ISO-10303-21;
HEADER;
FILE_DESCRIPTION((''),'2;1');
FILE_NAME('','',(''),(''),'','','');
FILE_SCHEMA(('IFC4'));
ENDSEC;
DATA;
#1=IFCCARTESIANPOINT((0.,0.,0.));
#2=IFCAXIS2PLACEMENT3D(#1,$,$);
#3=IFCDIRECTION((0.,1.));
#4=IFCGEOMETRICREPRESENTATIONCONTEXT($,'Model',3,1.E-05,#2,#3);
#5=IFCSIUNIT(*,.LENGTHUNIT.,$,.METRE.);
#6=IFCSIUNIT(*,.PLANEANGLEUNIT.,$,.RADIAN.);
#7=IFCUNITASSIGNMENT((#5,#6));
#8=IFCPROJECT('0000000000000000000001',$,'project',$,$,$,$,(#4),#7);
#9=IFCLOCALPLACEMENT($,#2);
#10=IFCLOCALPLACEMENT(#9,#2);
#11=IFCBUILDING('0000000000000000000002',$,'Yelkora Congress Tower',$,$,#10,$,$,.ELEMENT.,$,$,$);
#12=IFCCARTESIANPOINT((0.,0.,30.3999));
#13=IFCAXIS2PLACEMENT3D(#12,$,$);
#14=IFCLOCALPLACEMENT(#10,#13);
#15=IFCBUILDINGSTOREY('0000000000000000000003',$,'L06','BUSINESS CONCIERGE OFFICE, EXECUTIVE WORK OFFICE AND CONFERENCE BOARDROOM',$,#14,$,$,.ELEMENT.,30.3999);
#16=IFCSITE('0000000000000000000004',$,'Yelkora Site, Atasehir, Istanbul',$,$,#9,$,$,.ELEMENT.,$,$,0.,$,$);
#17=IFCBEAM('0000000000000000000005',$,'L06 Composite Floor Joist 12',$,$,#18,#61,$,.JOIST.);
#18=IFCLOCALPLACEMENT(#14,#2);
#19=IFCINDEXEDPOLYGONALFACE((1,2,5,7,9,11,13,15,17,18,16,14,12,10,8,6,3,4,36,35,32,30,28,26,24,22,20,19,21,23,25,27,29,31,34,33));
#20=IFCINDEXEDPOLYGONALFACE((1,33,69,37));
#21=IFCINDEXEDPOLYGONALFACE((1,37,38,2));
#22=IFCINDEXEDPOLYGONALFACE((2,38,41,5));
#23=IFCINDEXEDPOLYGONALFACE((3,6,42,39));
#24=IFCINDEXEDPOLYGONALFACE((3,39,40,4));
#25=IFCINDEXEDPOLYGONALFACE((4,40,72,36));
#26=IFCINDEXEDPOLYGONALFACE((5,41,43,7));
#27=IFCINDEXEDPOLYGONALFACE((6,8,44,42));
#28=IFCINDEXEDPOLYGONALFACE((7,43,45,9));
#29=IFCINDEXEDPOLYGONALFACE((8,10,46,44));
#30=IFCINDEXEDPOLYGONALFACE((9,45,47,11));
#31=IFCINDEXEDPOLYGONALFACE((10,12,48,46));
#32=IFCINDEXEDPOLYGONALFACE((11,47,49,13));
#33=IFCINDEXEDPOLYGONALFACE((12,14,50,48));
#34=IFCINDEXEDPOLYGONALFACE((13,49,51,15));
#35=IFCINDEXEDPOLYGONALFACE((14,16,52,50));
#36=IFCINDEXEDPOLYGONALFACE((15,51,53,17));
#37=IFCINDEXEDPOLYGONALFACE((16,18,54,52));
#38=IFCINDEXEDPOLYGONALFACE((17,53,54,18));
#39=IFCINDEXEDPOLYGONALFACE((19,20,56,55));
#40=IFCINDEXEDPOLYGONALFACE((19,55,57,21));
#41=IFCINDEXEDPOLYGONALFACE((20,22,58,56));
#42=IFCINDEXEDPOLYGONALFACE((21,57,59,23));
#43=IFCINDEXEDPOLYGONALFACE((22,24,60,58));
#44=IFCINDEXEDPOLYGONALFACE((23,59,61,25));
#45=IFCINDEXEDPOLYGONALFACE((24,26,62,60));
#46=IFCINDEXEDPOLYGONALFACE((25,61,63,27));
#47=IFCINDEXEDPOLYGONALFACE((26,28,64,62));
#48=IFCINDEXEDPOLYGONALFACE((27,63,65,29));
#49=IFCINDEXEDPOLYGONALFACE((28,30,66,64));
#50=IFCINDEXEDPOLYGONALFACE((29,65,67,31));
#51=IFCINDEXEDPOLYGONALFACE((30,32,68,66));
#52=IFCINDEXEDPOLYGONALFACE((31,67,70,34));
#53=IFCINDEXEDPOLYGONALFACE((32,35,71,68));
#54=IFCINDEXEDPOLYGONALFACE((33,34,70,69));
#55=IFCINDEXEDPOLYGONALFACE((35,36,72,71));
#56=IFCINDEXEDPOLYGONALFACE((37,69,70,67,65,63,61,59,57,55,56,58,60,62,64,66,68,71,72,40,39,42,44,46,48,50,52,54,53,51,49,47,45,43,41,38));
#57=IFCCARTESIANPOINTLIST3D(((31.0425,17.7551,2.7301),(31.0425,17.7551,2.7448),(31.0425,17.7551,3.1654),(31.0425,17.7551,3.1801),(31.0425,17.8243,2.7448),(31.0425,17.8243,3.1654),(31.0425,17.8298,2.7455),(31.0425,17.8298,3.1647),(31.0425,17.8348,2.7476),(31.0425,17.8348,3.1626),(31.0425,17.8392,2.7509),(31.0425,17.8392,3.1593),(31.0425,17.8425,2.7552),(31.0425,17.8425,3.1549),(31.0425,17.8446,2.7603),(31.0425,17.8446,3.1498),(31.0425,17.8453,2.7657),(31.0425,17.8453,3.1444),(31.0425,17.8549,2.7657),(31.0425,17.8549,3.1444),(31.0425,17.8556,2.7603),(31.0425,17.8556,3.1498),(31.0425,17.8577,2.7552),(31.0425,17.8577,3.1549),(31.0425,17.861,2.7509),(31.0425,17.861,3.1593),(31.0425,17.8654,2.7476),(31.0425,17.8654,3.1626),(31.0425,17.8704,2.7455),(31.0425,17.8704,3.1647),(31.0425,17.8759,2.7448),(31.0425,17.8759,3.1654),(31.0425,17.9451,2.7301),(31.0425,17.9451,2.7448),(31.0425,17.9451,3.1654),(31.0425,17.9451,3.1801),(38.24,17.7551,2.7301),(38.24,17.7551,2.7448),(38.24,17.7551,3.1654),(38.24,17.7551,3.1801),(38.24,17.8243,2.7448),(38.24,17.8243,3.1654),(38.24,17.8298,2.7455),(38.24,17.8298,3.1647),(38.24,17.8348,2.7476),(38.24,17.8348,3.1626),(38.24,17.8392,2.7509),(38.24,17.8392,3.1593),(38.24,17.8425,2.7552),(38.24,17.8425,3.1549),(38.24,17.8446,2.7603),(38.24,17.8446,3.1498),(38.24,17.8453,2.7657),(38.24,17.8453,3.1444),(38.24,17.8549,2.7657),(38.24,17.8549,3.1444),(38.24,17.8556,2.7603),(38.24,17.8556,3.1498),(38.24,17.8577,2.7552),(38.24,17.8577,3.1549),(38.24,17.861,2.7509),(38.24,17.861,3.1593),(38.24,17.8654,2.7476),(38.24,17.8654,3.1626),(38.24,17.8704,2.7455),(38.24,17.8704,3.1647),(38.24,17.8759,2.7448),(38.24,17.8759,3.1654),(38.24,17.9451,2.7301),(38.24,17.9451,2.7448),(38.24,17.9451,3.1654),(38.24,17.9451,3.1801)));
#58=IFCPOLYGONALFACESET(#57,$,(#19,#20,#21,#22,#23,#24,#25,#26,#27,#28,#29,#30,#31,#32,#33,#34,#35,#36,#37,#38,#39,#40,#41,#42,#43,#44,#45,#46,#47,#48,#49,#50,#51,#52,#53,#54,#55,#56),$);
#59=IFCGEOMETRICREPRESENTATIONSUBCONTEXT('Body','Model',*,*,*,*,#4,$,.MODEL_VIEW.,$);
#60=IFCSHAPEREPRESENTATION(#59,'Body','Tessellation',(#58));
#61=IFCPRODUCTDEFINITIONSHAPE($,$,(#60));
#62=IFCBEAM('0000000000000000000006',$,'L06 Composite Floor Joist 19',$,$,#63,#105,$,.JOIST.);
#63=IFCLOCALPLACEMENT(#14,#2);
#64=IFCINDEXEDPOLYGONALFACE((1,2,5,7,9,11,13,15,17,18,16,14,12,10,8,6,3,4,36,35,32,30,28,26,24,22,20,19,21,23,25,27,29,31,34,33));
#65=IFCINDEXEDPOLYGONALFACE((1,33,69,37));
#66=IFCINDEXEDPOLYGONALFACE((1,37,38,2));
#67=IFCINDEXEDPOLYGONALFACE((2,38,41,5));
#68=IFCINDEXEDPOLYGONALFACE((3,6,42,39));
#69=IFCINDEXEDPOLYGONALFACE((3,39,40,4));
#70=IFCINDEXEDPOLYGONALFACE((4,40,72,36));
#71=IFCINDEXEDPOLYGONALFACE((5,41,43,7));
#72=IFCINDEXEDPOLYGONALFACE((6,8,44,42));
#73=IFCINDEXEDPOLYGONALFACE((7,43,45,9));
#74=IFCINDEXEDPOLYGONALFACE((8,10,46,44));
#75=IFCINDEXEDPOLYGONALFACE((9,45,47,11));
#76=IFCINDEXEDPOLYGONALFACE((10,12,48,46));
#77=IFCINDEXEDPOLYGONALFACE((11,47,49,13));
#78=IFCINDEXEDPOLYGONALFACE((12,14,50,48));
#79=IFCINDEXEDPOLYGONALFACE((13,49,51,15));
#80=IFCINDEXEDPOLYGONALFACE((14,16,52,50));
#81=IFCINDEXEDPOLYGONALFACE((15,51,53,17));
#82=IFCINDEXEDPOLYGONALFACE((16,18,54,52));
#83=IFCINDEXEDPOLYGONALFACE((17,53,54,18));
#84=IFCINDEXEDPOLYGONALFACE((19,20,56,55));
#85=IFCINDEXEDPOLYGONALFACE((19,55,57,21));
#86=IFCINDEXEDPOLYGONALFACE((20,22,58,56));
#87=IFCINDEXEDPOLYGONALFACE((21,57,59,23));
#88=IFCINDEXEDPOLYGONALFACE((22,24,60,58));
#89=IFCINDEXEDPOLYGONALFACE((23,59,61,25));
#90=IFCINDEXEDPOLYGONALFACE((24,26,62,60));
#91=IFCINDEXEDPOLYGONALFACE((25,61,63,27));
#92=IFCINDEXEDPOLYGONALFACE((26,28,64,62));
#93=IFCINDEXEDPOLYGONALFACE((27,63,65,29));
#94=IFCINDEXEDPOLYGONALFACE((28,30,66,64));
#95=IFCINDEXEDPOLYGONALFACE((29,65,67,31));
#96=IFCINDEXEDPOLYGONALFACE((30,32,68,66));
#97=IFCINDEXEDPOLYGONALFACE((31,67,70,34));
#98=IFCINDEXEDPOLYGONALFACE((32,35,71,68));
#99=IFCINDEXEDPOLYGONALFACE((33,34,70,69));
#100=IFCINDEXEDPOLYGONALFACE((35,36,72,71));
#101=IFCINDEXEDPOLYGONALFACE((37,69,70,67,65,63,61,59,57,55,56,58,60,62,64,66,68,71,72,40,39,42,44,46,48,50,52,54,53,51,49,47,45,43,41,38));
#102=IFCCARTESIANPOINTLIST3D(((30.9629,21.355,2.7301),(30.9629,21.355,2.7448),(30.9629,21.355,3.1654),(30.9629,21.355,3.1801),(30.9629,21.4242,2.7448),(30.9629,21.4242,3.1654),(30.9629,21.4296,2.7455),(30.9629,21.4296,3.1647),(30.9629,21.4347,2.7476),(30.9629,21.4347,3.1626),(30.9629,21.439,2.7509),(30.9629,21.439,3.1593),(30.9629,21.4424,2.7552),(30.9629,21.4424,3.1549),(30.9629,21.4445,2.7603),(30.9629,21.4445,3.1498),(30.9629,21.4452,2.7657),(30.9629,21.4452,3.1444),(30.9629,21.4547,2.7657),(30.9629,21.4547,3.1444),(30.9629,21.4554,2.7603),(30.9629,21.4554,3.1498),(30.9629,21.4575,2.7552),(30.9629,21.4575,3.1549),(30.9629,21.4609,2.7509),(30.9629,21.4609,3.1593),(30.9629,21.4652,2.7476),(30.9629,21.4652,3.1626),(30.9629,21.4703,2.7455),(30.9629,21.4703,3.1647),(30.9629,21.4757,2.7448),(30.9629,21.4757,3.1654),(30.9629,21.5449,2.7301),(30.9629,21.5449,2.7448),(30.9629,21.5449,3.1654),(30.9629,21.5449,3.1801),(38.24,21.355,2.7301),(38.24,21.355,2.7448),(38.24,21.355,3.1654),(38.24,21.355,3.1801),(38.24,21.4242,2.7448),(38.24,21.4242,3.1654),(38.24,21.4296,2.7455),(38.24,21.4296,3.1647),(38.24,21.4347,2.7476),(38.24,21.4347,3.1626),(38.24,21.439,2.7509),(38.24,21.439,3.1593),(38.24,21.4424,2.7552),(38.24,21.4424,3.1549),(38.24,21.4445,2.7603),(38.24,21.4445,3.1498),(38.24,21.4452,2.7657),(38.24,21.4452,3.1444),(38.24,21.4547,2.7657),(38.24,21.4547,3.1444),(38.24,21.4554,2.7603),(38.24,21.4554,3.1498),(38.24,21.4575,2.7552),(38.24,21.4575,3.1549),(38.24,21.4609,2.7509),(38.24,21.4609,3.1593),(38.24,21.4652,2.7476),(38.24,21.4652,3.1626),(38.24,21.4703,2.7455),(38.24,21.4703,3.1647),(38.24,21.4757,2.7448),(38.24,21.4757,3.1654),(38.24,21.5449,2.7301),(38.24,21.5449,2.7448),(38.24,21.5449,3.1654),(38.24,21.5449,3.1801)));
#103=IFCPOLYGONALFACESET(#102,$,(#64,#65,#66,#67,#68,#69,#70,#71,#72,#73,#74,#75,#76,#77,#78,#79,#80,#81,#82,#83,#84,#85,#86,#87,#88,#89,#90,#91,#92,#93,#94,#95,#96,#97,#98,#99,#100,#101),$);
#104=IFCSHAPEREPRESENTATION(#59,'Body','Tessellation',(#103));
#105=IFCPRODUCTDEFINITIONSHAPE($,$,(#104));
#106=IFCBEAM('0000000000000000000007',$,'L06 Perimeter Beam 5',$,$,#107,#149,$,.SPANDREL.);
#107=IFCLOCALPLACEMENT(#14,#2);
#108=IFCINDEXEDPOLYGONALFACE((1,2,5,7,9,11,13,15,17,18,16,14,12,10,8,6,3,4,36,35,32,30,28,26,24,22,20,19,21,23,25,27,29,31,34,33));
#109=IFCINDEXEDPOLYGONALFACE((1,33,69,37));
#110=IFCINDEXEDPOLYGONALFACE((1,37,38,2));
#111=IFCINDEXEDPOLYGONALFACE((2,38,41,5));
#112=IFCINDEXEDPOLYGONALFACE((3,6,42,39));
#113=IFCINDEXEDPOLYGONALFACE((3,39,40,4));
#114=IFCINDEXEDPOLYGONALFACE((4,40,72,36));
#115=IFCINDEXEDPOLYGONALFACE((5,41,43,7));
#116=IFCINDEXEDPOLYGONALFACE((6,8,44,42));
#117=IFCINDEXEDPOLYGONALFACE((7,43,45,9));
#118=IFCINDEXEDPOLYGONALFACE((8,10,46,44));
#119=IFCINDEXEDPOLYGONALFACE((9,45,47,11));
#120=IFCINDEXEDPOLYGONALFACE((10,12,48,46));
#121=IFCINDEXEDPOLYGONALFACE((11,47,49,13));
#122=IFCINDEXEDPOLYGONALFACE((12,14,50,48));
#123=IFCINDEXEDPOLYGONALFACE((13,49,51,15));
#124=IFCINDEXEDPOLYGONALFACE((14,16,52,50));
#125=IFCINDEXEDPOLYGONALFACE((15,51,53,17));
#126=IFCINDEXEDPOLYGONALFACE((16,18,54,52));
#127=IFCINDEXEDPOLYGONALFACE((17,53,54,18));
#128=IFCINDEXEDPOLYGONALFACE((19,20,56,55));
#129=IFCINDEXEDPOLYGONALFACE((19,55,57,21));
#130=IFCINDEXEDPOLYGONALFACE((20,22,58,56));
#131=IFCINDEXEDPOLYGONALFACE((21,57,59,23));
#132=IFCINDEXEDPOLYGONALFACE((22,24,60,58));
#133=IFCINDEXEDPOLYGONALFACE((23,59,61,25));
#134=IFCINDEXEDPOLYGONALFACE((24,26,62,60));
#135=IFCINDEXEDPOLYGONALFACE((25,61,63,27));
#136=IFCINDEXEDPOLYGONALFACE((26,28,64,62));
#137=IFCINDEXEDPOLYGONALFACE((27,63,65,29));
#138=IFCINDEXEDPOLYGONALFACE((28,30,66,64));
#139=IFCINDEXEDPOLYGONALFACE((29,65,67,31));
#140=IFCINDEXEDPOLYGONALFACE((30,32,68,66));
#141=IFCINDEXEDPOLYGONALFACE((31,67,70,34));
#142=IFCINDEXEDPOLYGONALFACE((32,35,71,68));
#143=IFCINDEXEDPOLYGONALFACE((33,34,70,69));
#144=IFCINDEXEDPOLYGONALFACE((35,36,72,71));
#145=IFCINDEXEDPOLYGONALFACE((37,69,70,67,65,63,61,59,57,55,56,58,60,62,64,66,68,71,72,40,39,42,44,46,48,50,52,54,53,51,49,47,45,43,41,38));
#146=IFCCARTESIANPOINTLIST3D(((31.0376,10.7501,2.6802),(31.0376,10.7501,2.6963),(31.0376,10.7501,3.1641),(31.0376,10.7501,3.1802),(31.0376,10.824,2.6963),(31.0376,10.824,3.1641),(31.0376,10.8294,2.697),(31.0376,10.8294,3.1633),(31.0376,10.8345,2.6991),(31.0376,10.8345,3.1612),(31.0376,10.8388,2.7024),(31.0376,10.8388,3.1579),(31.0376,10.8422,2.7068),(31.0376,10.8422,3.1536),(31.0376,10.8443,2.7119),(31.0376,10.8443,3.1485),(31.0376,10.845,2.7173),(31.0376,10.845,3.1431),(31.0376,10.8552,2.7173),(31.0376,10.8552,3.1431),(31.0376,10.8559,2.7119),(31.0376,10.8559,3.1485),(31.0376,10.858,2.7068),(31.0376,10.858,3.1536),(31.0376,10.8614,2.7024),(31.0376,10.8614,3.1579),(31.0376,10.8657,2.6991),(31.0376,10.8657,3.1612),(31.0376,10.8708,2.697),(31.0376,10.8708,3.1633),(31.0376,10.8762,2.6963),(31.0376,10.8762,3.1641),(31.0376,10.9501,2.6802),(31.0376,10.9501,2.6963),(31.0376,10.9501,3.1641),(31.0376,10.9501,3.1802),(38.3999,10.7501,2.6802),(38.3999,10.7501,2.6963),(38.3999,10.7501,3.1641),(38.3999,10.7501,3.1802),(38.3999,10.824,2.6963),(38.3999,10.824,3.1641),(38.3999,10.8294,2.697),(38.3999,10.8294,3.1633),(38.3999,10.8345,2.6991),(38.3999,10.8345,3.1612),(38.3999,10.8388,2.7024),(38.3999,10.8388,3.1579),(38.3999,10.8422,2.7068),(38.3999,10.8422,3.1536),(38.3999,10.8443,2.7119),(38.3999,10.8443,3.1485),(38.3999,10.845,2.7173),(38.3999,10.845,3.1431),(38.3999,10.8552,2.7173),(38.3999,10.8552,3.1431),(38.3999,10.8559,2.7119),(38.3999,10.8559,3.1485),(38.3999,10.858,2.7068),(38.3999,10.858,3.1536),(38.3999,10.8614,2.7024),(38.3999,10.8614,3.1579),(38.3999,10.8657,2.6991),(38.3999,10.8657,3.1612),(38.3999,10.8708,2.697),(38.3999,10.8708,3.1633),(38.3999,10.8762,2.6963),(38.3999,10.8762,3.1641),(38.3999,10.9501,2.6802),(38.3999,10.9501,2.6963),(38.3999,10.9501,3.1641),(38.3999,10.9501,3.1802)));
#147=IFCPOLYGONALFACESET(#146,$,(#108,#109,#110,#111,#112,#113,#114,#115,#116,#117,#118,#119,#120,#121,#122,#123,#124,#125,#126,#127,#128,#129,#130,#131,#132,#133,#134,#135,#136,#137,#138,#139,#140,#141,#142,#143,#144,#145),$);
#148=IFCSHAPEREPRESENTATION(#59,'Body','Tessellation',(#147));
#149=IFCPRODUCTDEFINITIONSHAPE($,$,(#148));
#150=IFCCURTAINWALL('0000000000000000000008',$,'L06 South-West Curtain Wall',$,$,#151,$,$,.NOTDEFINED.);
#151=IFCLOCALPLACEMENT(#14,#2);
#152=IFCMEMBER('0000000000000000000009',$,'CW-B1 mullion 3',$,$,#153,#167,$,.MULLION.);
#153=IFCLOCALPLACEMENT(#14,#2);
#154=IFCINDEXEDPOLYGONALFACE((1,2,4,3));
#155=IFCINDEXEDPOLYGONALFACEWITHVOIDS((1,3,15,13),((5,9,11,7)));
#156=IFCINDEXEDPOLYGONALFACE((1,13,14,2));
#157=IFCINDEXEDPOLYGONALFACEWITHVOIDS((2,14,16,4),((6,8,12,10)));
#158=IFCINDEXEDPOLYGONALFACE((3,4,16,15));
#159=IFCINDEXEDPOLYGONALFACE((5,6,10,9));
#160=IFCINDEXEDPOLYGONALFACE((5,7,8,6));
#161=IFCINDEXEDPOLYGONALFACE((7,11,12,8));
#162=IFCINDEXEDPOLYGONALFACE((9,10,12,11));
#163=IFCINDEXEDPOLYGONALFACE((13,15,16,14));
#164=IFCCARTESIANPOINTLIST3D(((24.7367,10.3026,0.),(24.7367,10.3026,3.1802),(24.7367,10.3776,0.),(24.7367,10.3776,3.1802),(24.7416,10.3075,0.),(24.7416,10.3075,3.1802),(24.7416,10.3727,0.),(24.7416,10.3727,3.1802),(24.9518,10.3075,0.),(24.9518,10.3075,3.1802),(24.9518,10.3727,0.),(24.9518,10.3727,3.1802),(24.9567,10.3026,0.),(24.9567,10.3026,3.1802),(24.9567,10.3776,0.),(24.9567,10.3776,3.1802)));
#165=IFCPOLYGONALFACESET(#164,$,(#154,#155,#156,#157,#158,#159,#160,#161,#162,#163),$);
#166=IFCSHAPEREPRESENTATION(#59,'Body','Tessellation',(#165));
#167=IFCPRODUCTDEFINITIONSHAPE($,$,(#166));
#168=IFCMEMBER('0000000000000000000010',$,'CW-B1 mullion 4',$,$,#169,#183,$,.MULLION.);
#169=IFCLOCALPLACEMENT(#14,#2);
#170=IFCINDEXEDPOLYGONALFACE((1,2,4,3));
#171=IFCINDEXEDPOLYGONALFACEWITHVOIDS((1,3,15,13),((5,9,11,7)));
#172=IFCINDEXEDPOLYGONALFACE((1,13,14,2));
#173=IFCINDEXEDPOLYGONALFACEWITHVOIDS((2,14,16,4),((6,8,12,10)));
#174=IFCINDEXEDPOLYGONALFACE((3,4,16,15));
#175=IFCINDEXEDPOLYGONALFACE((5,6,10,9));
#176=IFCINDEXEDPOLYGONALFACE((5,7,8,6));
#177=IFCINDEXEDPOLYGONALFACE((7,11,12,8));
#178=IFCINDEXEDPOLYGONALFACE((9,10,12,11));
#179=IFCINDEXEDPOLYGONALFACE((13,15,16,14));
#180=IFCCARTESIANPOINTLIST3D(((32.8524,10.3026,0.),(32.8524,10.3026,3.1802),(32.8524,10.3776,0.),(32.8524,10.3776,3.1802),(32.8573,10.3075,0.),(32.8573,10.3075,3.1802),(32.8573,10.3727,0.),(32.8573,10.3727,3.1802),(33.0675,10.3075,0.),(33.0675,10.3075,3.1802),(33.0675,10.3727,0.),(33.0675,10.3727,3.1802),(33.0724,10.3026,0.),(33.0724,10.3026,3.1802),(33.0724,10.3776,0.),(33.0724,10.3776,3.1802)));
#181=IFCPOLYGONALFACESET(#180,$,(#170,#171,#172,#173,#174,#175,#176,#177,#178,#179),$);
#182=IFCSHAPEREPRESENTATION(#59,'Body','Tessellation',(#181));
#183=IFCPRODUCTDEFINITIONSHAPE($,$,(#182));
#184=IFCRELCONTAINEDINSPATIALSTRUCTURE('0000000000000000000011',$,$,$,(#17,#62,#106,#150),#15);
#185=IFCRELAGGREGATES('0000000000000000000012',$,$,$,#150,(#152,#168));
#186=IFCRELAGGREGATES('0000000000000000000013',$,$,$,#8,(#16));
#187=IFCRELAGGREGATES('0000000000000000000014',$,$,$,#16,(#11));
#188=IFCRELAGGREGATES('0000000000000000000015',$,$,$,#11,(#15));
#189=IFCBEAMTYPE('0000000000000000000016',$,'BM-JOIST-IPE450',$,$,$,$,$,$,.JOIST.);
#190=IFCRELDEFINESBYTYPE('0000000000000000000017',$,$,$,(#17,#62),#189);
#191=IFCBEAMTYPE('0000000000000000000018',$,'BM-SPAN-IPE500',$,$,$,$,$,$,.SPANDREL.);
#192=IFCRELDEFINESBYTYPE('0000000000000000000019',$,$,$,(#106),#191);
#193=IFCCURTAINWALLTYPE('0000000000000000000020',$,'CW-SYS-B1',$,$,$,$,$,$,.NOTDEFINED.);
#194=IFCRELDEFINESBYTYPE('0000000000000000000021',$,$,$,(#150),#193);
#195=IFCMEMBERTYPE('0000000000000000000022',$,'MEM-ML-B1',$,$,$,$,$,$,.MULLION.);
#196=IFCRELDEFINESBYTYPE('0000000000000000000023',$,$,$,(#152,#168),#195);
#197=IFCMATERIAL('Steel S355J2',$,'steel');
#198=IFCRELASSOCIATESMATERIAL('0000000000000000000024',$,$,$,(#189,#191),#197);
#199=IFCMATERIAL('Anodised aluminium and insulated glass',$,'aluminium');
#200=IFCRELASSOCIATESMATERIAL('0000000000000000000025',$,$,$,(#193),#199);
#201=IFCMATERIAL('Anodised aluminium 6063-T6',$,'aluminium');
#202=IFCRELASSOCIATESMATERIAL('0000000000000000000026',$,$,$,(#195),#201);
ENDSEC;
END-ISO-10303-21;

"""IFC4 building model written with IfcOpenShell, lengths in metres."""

from ifc_helpers import new_model, si_unit, direction, frame, origin, origin_2d, place, context, subcontext, project, spatial, hollow_rectangle, i_section, extrude, material, material_profile, profile_set, type_object, element, aggregate, save


model = new_model("IFC4")

# Units and contexts
model_context = context("Model", 3, precision=1e-05, world=origin(), true_north=direction((0.0, 1.0)))
body_context = subcontext(model_context, "Body", "Model", "MODEL_VIEW")
ifc_project = project(units=[si_unit("LENGTHUNIT", "METRE"), si_unit("PLANEANGLEUNIT", "RADIAN")], contexts=[model_context])

# Site, building, storey
site_placement = place(None, origin())
site = spatial("IfcSite", under=ifc_project, at=site_placement, Name="Yelkora Site, Atasehir, Istanbul", CompositionType="ELEMENT", RefElevation=0.0)
building_placement = place(site_placement, origin())
building = spatial("IfcBuilding", under=site, at=building_placement, Name="Yelkora Congress Tower", CompositionType="ELEMENT")
storey_placement = place(building_placement, frame((0.0, 0.0, 30.3999)))
storey = spatial("IfcBuildingStorey", under=building, at=storey_placement, Name="L06", Description="BUSINESS CONCIERGE OFFICE, EXECUTIVE WORK OFFICE AND CONFERENCE BOARDROOM", CompositionType="ELEMENT", Elevation=30.3999)

# Beams
ifc_material_1 = material(Name="Steel S355J2", Category="steel")
ifc_material_profile_1 = material_profile(ifc_material_1, i_section(OverallWidth=0.1899, OverallDepth=0.45, WebThickness=0.0095, FlangeThickness=0.0146, FilletRadius=0.021, at=origin_2d()), Name="IPE 450")
ifc_profile_set_1 = profile_set([ifc_material_profile_1], Name="Steel S355J2")
beam_type_1 = type_object("IfcBeamType", Name="BM-JOIST-IPE450", PredefinedType="JOIST", material=ifc_profile_set_1)
beam_1_placement = place(storey_placement, frame((31.0425, 17.8501, 2.9551), z_axis=(1.0, 0.0, 0.0), x_axis=(0.0, 1.0, 0.0)))
element("IfcBeam", 1, at=beam_1_placement, inside=storey, type_object=beam_type_1, Name="L06 Composite Floor Joist 12", PredefinedType="JOIST", context=body_context, shape_type="SweptSolid", body=[
    extrude(i_section(OverallWidth=0.1899, OverallDepth=0.45, WebThickness=0.0095, FlangeThickness=0.0146, FilletRadius=0.021, at=origin_2d()), origin(), (0.0, 0.0, 1.0), 7.1975),
])
beam_2_placement = place(storey_placement, frame((30.9629, 21.45, 2.9551), z_axis=(1.0, 0.0, 0.0), x_axis=(0.0, 1.0, 0.0)))
element("IfcBeam", 2, at=beam_2_placement, inside=storey, type_object=beam_type_1, Name="L06 Composite Floor Joist 19", PredefinedType="JOIST", context=body_context, shape_type="SweptSolid", body=[
    extrude(i_section(OverallWidth=0.1899, OverallDepth=0.45, WebThickness=0.0095, FlangeThickness=0.0146, FilletRadius=0.021, at=origin_2d()), origin(), (0.0, 0.0, 1.0), 7.2771),
])
ifc_material_profile_2 = material_profile(ifc_material_1, i_section(OverallWidth=0.2, OverallDepth=0.5, WebThickness=0.0103, FlangeThickness=0.0161, FilletRadius=0.021, at=origin_2d()), Name="IPE 500")
ifc_profile_set_2 = profile_set([ifc_material_profile_2], Name="Steel S355J2")
beam_type_2 = type_object("IfcBeamType", Name="BM-SPAN-IPE500", PredefinedType="SPANDREL", material=ifc_profile_set_2)
beam_3_placement = place(storey_placement, frame((31.0376, 10.8501, 2.9302), z_axis=(1.0, 0.0, 0.0), x_axis=(0.0, 1.0, 0.0)))
element("IfcBeam", 3, at=beam_3_placement, inside=storey, type_object=beam_type_2, Name="L06 Perimeter Beam 5", PredefinedType="SPANDREL", context=body_context, shape_type="SweptSolid", body=[
    extrude(i_section(OverallWidth=0.2, OverallDepth=0.5, WebThickness=0.0103, FlangeThickness=0.0161, FilletRadius=0.021, at=origin_2d()), origin(), (0.0, 0.0, 1.0), 7.3623),
])

# Curtain wall, members
ifc_material_2 = material(Name="Anodised aluminium and insulated glass", Category="aluminium")
curtain_wall_type = type_object("IfcCurtainWallType", Name="CW-SYS-B1", PredefinedType="NOTDEFINED", material=ifc_material_2)
curtain_wall_placement = place(storey_placement, origin())
curtain_wall = element("IfcCurtainWall", 4, at=curtain_wall_placement, inside=storey, type_object=curtain_wall_type, Name="L06 South-West Curtain Wall", PredefinedType="NOTDEFINED")
ifc_material_3 = material(Name="Anodised aluminium 6063-T6", Category="aluminium")
ifc_material_profile_3 = material_profile(ifc_material_3, hollow_rectangle(XDim=0.075, YDim=0.22, WallThickness=0.0049, at=origin_2d()), Name="ALU 75x220x5")
ifc_profile_set_3 = profile_set([ifc_material_profile_3], Name="Anodised aluminium 6063-T6")
member_type_1 = type_object("IfcMemberType", Name="MEM-ML-B1", PredefinedType="MULLION", material=ifc_profile_set_3)
member_1_placement = place(storey_placement, frame((24.8467, 10.3401, 0.0), z_axis=(0.0, 0.0, 1.0), x_axis=(0.0, 1.0, 0.0)))
member_1 = element("IfcMember", 5, at=member_1_placement, type_object=member_type_1, Name="CW-B1 mullion 3", PredefinedType="MULLION", context=body_context, shape_type="SweptSolid", body=[
    extrude(hollow_rectangle(XDim=0.075, YDim=0.22, WallThickness=0.0049, at=origin_2d()), origin(), (0.0, 0.0, 1.0), 3.1802),
])
member_2_placement = place(storey_placement, frame((32.9624, 10.3401, 0.0), z_axis=(0.0, 0.0, 1.0), x_axis=(0.0, 1.0, 0.0)))
member_2 = element("IfcMember", 6, at=member_2_placement, type_object=member_type_1, Name="CW-B1 mullion 4", PredefinedType="MULLION", context=body_context, shape_type="SweptSolid", body=[
    extrude(hollow_rectangle(XDim=0.075, YDim=0.22, WallThickness=0.0049, at=origin_2d()), origin(), (0.0, 0.0, 1.0), 3.1802),
])
aggregate(curtain_wall, [member_1, member_2])

save(model, "model.ifc")
